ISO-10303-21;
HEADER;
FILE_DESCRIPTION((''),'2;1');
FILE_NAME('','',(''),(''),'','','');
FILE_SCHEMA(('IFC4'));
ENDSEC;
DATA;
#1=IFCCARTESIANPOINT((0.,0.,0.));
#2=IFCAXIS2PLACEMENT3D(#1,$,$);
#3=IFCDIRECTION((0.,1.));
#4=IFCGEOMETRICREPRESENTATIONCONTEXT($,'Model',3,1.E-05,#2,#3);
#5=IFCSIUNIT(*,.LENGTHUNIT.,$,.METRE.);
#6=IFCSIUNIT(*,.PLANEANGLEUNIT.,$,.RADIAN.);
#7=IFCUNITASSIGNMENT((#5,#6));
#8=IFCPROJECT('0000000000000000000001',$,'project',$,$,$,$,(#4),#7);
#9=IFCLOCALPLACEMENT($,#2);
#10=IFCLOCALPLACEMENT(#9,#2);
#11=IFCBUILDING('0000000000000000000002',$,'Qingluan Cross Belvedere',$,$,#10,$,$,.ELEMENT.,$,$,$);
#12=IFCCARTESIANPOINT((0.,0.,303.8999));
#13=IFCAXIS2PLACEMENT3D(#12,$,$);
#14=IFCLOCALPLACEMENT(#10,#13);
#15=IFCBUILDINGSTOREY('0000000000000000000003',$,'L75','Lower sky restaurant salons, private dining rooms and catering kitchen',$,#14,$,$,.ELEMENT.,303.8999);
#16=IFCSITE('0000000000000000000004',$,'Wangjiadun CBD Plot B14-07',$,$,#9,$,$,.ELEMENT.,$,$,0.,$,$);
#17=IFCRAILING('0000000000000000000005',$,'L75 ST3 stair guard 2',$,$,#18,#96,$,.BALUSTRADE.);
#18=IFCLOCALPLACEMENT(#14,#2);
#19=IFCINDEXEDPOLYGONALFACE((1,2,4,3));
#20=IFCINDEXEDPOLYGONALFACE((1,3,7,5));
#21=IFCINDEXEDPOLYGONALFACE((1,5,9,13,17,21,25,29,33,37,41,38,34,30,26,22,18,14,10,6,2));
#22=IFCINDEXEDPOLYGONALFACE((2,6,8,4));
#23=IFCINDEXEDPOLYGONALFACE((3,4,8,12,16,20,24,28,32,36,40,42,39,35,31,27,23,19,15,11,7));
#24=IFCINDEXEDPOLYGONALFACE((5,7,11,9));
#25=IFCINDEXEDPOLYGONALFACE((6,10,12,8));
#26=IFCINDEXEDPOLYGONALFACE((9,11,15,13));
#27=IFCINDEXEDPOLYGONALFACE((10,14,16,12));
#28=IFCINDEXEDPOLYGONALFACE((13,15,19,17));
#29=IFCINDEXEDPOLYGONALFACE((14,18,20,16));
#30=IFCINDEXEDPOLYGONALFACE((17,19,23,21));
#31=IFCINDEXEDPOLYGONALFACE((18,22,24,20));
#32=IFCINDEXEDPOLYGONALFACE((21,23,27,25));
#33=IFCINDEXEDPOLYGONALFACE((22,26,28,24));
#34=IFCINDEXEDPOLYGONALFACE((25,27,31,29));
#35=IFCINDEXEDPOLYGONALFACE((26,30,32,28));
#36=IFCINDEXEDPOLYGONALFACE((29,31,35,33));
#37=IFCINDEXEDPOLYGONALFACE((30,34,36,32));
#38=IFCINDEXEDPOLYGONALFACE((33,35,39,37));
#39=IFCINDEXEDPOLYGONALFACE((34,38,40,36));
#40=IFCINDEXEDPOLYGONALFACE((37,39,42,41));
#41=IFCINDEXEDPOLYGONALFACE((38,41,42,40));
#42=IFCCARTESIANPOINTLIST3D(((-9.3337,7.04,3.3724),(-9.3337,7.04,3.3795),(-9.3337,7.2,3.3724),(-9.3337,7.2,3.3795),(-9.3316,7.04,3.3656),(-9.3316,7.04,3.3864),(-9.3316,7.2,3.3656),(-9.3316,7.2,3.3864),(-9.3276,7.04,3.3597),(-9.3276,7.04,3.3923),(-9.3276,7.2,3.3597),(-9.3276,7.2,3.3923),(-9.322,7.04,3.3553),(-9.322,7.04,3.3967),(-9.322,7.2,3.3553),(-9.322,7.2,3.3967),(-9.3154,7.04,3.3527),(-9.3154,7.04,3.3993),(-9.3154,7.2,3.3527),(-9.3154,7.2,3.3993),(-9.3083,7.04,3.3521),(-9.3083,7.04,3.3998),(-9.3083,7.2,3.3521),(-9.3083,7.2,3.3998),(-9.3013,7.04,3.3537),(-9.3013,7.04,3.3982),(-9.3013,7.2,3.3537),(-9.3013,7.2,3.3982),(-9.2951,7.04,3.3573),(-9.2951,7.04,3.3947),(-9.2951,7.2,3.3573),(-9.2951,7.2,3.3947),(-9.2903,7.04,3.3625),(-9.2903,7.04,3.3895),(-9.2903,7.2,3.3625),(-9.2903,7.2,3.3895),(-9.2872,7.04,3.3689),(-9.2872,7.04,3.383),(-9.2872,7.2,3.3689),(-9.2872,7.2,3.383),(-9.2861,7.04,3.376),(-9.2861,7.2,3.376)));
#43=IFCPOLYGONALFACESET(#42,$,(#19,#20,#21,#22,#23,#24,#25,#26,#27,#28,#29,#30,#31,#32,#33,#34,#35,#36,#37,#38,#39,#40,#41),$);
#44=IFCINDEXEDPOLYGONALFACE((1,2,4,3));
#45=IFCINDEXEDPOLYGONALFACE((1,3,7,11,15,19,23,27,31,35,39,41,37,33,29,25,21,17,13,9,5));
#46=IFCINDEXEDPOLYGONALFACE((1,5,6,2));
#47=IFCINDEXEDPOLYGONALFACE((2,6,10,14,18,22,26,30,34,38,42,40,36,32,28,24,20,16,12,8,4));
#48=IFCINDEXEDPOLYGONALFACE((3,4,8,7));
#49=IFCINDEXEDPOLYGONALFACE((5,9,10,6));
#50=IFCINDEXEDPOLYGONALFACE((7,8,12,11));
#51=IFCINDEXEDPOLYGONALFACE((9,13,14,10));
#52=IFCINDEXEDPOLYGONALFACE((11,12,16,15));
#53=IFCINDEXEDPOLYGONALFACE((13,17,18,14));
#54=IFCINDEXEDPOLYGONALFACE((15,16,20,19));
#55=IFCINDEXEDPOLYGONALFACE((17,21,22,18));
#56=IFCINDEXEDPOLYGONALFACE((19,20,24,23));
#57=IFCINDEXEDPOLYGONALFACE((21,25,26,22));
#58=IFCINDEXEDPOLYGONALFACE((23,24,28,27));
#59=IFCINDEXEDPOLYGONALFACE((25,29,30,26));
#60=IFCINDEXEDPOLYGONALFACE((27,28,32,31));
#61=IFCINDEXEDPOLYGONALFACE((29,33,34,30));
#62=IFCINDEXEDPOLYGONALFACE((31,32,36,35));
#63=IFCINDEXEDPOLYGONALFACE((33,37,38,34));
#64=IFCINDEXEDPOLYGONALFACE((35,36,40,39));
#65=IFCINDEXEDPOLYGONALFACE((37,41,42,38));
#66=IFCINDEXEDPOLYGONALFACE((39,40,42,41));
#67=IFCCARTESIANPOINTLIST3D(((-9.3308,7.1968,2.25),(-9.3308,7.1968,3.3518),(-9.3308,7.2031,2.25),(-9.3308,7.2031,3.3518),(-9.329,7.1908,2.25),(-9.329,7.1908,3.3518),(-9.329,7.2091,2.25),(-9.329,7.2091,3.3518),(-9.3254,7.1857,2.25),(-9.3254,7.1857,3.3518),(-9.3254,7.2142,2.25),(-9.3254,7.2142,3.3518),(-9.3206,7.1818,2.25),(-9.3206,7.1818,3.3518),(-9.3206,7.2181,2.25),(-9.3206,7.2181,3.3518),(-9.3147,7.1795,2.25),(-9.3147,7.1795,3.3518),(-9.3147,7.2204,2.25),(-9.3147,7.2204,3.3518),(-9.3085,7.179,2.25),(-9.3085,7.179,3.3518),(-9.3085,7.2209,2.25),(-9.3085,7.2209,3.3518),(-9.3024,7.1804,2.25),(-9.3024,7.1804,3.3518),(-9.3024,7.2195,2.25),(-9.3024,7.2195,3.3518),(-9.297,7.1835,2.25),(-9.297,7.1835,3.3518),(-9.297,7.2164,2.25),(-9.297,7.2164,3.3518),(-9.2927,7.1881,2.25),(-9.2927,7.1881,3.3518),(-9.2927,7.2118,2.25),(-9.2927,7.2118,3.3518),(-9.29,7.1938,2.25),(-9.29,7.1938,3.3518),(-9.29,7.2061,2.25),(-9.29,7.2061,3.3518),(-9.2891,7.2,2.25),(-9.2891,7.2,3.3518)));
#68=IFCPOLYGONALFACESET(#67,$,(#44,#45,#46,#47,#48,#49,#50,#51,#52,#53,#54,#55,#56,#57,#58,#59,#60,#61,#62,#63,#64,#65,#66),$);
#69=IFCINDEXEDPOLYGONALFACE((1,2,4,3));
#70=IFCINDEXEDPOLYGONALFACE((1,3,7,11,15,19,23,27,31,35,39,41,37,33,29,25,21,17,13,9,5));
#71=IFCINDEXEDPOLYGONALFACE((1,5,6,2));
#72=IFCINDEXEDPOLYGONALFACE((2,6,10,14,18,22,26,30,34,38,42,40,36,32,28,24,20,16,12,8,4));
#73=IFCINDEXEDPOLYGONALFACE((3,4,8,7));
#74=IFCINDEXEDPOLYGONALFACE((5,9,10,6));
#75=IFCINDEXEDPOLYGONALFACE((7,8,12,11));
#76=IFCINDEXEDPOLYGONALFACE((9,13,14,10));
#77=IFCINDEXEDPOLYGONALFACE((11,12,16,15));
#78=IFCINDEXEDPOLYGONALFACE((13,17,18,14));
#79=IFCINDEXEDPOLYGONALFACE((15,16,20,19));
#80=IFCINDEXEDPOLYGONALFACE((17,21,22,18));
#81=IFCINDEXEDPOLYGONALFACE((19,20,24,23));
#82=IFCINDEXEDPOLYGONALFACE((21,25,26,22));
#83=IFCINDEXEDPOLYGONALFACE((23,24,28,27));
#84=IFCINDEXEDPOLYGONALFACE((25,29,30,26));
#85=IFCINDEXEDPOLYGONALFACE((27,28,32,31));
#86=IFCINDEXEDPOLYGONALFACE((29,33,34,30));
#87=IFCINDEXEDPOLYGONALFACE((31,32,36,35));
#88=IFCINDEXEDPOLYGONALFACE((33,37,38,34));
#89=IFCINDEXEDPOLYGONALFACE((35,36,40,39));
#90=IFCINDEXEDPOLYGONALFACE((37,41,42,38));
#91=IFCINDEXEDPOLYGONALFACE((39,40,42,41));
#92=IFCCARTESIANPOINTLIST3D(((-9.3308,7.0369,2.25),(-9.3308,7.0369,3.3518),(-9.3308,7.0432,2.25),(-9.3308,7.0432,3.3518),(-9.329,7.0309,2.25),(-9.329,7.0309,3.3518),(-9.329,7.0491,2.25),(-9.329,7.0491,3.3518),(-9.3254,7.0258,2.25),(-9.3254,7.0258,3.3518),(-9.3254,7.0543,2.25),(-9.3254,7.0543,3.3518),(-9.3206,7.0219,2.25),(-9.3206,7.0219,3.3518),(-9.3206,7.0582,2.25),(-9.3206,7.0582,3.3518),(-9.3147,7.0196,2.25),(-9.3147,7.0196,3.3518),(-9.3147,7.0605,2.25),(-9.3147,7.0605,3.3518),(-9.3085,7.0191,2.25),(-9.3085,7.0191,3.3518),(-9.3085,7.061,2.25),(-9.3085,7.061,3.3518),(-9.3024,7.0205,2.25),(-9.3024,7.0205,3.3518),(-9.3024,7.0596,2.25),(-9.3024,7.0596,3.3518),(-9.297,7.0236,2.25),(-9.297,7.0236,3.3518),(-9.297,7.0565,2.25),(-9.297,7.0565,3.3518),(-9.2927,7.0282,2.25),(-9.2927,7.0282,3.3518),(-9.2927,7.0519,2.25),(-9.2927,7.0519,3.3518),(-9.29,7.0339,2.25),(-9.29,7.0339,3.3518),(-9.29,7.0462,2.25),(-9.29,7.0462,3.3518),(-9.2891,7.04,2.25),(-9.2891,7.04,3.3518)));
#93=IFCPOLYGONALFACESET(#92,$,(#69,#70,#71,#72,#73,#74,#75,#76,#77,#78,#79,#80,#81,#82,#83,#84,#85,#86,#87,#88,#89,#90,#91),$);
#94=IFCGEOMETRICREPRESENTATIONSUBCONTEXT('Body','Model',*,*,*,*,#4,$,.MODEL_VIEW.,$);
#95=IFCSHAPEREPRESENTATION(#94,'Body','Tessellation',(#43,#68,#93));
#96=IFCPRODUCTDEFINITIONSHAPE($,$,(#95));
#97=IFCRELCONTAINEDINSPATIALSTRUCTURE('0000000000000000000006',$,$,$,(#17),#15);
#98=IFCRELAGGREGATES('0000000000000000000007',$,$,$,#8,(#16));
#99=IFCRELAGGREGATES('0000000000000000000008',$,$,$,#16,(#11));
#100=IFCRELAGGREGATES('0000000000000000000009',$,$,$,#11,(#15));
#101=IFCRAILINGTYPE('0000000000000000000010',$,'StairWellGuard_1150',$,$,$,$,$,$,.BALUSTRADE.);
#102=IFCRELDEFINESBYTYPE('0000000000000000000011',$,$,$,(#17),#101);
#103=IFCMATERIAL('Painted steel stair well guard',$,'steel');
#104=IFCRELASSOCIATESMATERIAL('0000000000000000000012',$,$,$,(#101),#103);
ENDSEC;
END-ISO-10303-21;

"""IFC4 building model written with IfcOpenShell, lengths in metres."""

from ifc_helpers import new_model, si_unit, direction, frame, origin, origin_2d, place, context, subcontext, project, spatial, circle, extrude, material, type_object, element, save


model = new_model("IFC4")

# Units and contexts
model_context = context("Model", 3, precision=1e-05, world=origin(), true_north=direction((0.0, 1.0)))
body_context = subcontext(model_context, "Body", "Model", "MODEL_VIEW")
ifc_project = project(units=[si_unit("LENGTHUNIT", "METRE"), si_unit("PLANEANGLEUNIT", "RADIAN")], contexts=[model_context])

# Site, building, storey
site_placement = place(None, origin())
site = spatial("IfcSite", under=ifc_project, at=site_placement, Name="Wangjiadun CBD Plot B14-07", CompositionType="ELEMENT", RefElevation=0.0)
building_placement = place(site_placement, origin())
building = spatial("IfcBuilding", under=site, at=building_placement, Name="Qingluan Cross Belvedere", CompositionType="ELEMENT")
storey_placement = place(building_placement, frame((0.0, 0.0, 303.8999)))
storey = spatial("IfcBuildingStorey", under=building, at=storey_placement, Name="L75", Description="Lower sky restaurant salons, private dining rooms and catering kitchen", CompositionType="ELEMENT", Elevation=303.8999)

# Railing
ifc_material_1 = material(Name="Painted steel stair well guard", Category="steel")
railing_type_1 = type_object("IfcRailingType", Name="StairWellGuard_1150", PredefinedType="BALUSTRADE", material=ifc_material_1)
railing_1_placement = place(storey_placement, frame((-9.3101, 7.2, 2.25)))
element("IfcRailing", 1, at=railing_1_placement, inside=storey, type_object=railing_type_1, Name="L75 ST3 stair guard 2", PredefinedType="BALUSTRADE", context=body_context, shape_type="SweptSolid", body=[
    extrude(circle(Radius=0.0239, at=origin_2d()), frame((0.0, 0.0, 1.126), z_axis=(0.0, -1.0, 0.0), x_axis=(1.0, 0.0, 0.0)), (0.0, 0.0, 1.0), 0.1599),
    extrude(circle(Radius=0.021, at=origin_2d()), origin(), (0.0, 0.0, 1.0), 1.1018),
    extrude(circle(Radius=0.021, at=origin_2d()), frame((0.0, -0.1599, 0.0)), (0.0, 0.0, 1.0), 1.1018),
])

save(model, "model.ifc")
